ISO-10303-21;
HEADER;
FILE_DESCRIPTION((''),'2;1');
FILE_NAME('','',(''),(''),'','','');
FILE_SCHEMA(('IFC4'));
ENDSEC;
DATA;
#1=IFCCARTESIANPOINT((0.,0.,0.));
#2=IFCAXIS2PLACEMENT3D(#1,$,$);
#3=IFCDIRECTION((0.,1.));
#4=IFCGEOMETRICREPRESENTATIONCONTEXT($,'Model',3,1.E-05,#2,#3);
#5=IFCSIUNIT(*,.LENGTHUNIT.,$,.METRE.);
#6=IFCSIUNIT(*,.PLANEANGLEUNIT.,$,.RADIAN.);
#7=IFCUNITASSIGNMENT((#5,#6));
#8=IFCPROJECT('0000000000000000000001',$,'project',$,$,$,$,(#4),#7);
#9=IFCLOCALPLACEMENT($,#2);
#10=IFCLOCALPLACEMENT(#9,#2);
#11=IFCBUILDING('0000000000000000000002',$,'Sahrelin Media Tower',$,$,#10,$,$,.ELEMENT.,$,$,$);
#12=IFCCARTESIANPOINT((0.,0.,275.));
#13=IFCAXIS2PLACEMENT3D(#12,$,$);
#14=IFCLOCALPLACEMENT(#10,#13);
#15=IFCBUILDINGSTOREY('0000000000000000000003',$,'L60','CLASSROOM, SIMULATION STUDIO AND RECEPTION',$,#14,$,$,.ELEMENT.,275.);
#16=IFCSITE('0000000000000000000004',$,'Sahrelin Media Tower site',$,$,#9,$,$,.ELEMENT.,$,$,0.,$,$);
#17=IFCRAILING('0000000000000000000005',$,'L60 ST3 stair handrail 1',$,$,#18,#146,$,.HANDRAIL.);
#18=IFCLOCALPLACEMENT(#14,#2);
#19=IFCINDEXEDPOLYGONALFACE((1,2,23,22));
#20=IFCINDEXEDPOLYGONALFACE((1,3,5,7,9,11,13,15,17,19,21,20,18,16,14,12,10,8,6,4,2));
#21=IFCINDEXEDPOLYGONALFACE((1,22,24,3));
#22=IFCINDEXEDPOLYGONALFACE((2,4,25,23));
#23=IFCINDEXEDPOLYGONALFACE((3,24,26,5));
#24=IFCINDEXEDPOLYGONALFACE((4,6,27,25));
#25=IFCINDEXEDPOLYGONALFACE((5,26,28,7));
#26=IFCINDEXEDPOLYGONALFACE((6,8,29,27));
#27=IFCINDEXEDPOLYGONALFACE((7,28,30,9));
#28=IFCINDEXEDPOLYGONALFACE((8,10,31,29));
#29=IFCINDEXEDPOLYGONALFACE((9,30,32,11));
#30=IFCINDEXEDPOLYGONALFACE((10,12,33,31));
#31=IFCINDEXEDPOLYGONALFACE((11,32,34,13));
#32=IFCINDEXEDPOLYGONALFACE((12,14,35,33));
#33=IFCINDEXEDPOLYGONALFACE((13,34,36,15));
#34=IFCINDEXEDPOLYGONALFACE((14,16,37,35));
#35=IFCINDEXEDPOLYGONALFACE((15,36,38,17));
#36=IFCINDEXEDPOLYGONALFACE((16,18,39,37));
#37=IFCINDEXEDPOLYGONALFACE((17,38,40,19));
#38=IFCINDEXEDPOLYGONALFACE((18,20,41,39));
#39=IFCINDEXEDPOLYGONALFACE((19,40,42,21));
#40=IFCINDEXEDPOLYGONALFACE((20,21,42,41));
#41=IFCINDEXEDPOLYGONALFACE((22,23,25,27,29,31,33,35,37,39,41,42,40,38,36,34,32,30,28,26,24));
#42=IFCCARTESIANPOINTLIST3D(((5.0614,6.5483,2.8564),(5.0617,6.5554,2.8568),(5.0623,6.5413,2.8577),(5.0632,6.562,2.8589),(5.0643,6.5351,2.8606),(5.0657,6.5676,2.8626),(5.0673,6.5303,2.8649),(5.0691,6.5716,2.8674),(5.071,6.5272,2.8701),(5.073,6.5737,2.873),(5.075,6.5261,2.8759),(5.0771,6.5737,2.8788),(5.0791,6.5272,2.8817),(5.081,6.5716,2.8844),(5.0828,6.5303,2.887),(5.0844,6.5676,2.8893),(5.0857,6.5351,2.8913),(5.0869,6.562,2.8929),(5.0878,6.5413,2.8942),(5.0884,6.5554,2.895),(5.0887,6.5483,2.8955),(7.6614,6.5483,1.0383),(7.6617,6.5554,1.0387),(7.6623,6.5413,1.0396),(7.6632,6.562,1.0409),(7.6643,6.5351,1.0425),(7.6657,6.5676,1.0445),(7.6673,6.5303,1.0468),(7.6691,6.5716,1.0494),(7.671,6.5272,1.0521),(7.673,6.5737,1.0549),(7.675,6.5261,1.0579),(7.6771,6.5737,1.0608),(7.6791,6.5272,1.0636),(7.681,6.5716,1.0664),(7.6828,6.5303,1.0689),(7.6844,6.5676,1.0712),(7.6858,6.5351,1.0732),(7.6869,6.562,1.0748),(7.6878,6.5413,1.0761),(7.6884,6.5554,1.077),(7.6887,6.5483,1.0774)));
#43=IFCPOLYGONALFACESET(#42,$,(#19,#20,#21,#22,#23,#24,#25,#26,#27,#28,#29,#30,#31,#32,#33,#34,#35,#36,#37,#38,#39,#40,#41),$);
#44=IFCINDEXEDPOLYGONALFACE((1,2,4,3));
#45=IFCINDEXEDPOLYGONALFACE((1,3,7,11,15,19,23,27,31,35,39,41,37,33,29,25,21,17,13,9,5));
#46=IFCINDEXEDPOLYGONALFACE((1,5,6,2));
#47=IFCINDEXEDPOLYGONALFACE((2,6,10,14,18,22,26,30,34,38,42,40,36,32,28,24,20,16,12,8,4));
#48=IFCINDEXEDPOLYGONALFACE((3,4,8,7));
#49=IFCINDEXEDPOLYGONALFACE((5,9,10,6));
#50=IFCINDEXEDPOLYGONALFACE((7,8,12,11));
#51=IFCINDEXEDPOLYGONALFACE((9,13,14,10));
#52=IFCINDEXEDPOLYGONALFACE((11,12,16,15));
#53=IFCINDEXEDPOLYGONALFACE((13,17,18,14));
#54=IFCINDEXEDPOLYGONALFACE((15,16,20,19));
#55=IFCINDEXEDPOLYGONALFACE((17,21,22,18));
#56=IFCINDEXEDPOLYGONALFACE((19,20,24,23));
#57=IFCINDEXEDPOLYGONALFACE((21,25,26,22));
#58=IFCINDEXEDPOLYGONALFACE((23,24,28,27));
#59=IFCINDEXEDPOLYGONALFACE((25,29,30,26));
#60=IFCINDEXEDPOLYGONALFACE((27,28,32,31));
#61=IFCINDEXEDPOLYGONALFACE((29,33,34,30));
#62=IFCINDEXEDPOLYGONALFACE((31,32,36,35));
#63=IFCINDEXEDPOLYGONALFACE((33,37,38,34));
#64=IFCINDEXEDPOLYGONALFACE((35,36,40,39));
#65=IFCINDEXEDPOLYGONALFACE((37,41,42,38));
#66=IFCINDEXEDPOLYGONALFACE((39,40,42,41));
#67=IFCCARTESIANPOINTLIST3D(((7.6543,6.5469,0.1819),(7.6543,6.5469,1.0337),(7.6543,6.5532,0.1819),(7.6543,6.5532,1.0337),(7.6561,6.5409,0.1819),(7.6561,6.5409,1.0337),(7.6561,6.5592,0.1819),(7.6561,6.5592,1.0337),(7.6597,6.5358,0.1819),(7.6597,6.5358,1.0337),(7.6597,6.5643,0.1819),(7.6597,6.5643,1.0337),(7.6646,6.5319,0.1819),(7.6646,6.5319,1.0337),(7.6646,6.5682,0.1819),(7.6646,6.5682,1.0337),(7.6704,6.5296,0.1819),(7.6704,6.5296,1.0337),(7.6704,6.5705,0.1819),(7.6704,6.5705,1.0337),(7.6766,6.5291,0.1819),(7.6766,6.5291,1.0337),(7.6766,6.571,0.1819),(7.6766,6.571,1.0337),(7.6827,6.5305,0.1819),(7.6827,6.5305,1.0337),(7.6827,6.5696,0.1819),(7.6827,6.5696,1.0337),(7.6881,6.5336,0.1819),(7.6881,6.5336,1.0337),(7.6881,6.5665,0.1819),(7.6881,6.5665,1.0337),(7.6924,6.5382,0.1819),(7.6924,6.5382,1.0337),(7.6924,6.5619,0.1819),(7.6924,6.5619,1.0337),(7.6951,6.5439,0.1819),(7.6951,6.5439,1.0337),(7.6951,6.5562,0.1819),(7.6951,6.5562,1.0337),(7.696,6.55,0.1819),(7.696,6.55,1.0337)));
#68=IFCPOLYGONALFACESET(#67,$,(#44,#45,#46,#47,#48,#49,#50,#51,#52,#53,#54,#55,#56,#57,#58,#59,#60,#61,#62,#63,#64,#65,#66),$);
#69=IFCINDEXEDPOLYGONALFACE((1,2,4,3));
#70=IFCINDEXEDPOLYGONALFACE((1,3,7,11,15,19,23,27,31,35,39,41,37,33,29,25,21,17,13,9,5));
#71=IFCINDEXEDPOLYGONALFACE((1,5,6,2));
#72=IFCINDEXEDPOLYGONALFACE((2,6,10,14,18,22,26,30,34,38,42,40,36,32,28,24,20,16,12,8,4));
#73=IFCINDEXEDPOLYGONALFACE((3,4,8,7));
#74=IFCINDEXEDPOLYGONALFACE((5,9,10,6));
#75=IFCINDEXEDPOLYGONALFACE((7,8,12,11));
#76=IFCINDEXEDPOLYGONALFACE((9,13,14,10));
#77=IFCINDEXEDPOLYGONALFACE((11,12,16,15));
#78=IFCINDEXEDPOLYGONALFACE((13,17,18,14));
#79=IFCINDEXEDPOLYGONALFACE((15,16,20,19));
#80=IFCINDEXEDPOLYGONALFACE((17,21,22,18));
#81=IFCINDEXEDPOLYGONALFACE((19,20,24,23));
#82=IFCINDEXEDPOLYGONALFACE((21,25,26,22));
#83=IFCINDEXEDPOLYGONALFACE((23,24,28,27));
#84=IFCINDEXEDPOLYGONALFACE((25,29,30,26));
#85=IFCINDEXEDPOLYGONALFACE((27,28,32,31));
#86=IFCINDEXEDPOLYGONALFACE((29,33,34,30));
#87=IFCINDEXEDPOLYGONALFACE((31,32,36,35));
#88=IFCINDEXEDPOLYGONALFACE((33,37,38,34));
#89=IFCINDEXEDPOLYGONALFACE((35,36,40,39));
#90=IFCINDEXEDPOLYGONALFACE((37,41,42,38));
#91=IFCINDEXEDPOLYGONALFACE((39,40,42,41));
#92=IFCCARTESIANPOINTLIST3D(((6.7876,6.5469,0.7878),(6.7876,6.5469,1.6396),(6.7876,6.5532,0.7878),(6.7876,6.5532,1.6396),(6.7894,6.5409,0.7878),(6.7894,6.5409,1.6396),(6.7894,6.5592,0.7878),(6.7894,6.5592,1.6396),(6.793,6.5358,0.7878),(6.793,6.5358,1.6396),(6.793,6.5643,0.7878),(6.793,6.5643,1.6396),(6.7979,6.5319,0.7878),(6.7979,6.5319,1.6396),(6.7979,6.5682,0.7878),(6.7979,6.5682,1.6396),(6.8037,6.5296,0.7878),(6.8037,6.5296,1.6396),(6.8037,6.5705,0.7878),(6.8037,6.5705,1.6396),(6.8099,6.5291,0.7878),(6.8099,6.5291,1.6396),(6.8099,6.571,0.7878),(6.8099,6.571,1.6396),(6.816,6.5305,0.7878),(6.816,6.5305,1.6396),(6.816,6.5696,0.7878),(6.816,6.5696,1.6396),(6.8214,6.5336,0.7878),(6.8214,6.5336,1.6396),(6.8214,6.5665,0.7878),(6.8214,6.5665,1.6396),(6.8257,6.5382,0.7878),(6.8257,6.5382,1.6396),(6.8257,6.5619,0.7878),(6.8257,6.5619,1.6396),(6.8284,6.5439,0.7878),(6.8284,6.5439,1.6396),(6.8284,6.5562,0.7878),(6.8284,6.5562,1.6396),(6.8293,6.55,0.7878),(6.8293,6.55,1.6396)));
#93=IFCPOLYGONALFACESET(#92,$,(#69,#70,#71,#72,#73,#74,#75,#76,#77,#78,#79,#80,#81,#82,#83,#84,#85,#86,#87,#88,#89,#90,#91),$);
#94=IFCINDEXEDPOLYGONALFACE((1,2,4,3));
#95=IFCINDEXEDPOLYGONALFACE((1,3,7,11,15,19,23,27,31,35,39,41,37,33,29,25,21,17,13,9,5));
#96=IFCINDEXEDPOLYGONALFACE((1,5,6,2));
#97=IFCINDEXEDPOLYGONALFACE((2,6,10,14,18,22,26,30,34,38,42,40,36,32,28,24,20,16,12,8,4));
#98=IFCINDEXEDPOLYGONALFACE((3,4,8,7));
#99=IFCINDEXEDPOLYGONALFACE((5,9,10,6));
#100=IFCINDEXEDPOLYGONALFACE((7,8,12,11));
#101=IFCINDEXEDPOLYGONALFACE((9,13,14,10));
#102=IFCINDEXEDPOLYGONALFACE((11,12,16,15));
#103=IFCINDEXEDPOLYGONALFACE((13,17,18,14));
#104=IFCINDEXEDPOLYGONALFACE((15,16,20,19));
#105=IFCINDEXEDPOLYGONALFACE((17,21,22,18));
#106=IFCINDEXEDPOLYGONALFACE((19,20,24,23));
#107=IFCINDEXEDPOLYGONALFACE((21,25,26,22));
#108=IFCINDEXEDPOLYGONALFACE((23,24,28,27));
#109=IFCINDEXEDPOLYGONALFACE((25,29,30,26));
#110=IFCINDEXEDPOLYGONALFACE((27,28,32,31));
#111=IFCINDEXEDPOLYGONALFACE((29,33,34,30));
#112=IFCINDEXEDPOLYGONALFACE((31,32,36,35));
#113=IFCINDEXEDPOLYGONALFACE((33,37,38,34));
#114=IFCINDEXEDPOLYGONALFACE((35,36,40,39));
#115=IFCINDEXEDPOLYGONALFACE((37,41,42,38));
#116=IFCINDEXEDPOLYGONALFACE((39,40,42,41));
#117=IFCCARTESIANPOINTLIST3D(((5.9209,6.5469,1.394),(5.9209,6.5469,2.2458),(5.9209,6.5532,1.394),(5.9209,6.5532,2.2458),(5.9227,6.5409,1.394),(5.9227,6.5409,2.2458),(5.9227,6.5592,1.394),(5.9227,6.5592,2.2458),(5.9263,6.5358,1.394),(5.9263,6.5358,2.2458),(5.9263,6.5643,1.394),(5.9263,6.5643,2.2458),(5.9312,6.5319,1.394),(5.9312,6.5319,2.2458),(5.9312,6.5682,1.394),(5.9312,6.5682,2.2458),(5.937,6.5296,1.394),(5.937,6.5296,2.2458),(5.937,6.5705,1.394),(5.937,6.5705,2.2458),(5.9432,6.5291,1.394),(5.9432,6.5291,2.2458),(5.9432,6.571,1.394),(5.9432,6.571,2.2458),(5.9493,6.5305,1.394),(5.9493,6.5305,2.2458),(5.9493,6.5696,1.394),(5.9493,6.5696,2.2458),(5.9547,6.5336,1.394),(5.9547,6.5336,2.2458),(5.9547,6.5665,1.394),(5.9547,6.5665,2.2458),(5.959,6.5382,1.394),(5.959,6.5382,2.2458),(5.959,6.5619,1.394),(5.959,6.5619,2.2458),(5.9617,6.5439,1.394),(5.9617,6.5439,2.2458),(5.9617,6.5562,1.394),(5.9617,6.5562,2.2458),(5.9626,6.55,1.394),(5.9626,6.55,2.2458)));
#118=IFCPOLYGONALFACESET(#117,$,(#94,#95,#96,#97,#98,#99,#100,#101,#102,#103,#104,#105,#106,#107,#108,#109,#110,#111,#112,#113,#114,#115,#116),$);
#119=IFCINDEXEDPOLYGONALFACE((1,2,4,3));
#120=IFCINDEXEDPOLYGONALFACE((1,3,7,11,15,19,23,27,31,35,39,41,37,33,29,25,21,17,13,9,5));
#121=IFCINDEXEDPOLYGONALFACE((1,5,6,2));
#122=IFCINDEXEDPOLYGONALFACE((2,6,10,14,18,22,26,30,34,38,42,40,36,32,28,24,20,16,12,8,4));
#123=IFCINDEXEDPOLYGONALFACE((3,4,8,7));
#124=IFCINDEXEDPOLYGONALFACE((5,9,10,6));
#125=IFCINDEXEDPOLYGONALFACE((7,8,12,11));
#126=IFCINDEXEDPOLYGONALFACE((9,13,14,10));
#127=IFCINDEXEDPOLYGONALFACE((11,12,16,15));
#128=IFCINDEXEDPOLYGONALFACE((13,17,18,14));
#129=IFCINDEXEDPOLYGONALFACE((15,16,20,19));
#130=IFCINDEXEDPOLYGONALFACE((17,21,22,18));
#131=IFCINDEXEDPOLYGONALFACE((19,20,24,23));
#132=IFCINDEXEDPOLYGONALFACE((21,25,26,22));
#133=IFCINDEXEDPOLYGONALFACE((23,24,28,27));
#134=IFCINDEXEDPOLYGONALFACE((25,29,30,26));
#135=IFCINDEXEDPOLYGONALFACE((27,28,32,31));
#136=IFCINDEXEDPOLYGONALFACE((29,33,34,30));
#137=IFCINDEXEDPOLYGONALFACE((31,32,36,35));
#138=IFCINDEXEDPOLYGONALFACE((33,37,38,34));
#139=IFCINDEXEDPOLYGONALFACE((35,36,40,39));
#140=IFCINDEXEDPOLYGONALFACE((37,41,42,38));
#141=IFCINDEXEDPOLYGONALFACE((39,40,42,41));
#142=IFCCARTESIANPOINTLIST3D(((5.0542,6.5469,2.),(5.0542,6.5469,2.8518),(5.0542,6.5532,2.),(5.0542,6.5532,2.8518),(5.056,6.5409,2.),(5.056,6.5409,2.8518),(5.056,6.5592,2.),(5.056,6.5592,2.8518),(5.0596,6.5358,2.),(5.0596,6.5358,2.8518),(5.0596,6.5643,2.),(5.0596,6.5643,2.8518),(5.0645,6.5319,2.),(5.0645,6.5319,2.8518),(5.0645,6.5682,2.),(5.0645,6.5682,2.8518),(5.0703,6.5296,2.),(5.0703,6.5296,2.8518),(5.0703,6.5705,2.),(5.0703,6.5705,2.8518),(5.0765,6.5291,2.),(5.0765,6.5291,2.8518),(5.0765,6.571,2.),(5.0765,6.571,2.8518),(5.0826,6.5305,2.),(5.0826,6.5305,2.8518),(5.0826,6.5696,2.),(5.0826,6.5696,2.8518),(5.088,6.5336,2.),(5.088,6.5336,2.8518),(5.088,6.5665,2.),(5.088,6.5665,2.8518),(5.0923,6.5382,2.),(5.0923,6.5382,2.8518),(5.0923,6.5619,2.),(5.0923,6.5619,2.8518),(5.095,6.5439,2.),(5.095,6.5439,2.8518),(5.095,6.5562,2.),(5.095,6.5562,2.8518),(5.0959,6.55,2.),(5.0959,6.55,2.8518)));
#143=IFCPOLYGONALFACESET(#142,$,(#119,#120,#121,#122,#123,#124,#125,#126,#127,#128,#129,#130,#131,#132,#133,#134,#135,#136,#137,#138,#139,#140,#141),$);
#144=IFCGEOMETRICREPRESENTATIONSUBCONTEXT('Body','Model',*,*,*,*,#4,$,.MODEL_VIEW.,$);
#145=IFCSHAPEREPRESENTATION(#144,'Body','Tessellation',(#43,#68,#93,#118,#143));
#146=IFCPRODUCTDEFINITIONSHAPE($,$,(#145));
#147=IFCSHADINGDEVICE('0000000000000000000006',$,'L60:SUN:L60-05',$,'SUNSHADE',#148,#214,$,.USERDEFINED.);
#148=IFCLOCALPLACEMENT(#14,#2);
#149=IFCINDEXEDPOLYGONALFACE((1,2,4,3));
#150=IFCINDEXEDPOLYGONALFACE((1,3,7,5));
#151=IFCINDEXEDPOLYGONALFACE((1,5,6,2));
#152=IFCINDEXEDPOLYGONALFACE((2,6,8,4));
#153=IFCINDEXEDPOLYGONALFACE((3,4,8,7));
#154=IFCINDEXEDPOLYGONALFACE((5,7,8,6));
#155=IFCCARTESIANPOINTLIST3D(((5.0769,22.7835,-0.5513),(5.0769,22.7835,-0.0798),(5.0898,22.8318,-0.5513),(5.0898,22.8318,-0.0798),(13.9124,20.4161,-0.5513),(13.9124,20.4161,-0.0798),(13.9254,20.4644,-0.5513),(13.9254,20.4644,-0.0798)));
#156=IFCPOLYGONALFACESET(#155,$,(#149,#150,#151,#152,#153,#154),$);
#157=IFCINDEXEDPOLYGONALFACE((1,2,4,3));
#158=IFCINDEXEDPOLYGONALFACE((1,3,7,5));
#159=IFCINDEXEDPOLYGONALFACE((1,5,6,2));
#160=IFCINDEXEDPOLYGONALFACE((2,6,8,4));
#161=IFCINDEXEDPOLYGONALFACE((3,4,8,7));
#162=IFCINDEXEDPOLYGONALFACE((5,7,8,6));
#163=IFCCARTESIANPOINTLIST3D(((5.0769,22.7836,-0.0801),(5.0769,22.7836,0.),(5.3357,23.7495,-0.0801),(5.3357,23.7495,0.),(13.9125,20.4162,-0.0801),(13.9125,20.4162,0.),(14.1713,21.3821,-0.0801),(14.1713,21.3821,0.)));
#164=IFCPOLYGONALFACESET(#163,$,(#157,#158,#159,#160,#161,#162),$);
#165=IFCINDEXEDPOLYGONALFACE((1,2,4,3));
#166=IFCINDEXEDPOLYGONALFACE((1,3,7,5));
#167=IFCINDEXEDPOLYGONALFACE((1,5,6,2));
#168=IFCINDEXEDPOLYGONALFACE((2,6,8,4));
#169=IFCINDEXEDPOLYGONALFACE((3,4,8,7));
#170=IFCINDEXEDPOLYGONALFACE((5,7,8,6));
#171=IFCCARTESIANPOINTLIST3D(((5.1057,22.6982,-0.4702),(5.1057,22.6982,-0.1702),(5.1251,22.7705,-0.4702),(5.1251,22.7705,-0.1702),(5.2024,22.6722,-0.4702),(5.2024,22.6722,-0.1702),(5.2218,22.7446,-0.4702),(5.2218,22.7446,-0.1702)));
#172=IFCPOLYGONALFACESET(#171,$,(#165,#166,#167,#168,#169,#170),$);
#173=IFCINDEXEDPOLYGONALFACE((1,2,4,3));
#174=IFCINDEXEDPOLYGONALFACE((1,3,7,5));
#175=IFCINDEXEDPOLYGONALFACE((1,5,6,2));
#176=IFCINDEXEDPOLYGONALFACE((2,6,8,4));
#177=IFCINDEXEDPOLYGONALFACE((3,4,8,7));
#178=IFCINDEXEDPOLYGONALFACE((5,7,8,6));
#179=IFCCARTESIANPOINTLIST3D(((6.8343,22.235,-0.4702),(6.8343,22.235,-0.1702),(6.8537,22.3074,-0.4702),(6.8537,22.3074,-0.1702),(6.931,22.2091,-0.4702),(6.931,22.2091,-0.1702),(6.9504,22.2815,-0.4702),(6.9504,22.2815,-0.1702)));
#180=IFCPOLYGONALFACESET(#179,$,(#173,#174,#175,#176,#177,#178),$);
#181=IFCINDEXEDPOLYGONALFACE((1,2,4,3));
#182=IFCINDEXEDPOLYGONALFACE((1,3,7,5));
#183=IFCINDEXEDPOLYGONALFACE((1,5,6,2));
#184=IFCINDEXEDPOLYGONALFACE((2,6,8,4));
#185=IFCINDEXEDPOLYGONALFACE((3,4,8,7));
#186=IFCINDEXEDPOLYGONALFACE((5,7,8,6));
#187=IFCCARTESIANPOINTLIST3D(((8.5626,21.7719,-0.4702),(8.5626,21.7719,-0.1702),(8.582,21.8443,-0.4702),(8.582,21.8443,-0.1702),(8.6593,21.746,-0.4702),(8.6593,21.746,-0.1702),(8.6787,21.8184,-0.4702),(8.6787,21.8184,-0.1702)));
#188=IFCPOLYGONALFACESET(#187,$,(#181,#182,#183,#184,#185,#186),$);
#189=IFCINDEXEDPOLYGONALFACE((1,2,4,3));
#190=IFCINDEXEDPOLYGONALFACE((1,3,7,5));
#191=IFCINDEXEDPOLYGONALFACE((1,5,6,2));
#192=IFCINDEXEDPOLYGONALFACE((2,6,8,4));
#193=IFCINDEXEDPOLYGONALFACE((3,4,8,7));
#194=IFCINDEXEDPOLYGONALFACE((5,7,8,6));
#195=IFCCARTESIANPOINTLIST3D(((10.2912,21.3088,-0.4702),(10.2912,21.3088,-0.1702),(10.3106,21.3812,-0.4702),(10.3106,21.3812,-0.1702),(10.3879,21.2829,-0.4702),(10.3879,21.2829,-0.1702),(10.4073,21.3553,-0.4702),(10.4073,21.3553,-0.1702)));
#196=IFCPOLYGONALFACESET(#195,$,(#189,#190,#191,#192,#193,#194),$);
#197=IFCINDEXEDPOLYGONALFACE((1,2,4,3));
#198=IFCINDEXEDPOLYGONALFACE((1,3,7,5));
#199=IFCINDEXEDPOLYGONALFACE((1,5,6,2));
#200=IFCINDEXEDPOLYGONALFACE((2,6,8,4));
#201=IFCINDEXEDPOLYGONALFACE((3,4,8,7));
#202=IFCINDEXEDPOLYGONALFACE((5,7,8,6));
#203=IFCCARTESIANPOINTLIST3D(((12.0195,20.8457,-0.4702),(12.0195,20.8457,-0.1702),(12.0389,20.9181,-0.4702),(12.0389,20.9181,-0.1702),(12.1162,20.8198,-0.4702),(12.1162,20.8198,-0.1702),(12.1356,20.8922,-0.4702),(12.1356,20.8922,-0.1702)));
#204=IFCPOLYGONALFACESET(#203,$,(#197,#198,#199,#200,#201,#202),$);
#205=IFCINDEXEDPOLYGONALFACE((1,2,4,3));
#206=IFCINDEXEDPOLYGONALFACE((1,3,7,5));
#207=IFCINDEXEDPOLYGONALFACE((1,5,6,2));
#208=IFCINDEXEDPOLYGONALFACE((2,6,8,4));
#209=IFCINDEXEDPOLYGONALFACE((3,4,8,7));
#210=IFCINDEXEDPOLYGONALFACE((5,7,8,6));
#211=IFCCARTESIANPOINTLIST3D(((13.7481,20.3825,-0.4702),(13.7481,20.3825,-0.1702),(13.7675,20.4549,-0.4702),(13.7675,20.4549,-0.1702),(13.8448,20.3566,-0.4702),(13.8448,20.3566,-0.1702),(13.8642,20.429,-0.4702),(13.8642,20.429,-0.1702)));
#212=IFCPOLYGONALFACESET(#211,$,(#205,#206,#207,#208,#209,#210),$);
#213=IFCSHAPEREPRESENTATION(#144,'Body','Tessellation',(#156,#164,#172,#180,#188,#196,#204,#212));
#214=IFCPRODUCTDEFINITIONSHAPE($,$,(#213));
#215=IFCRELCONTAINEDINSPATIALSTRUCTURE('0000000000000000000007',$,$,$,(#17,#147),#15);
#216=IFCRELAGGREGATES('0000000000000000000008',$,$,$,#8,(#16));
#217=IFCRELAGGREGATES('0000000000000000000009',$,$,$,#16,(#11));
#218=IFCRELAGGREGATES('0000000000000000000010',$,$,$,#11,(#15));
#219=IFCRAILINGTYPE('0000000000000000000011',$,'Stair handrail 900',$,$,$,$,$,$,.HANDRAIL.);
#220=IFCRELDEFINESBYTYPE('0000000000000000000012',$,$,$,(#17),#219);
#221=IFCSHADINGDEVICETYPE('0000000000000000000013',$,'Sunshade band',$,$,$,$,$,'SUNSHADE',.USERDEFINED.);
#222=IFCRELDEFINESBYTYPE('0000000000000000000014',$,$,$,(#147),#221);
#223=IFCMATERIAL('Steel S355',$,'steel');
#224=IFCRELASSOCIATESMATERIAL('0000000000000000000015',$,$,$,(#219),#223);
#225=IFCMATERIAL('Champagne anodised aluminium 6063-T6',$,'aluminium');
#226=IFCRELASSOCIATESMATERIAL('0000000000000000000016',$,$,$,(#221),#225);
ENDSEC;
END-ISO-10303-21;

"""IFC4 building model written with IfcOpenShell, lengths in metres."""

from ifc_helpers import new_model, si_unit, direction, frame, origin, origin_2d, place, context, subcontext, project, spatial, rectangle, circle, extrude, material, type_object, element, save


model = new_model("IFC4")

# Units and contexts
model_context = context("Model", 3, precision=1e-05, world=origin(), true_north=direction((0.0, 1.0)))
body_context = subcontext(model_context, "Body", "Model", "MODEL_VIEW")
ifc_project = project(units=[si_unit("LENGTHUNIT", "METRE"), si_unit("PLANEANGLEUNIT", "RADIAN")], contexts=[model_context])

# Site, building, storey
site_placement = place(None, origin())
site = spatial("IfcSite", under=ifc_project, at=site_placement, Name="Sahrelin Media Tower site", CompositionType="ELEMENT", RefElevation=0.0)
building_placement = place(site_placement, origin())
building = spatial("IfcBuilding", under=site, at=building_placement, Name="Sahrelin Media Tower", CompositionType="ELEMENT")
storey_placement = place(building_placement, frame((0.0, 0.0, 275.0)))
storey = spatial("IfcBuildingStorey", under=building, at=storey_placement, Name="L60", Description="CLASSROOM, SIMULATION STUDIO AND RECEPTION", CompositionType="ELEMENT", Elevation=275.0)

# Shared definitions
ifc_material_1 = material(Name="Steel S355", Category="steel")

# Shared definitions
ifc_material_2 = material(Name="Champagne anodised aluminium 6063-T6", Category="aluminium")

# Shared definitions
placement = place(storey_placement, frame((9.4895, 21.5806, 0.0), z_axis=(0.0, 0.0, 1.0), x_axis=(0.965929, -0.258808, 0.0)))

# Railing
railing_type_1 = type_object("IfcRailingType", Name="Stair handrail 900", PredefinedType="HANDRAIL", material=ifc_material_1)
railing_1_placement = place(storey_placement, frame((7.675, 6.55, 0.1819)))
element("IfcRailing", 1, at=railing_1_placement, inside=storey, type_object=railing_type_1, Name="L60 ST3 stair handrail 1", PredefinedType="HANDRAIL", context=body_context, shape_type="SweptSolid", body=[
    extrude(circle(Radius=0.0239, at=origin_2d()), frame((0.0, 0.0, 0.876), z_axis=(-0.819521, 0.0, 0.573049), x_axis=(0.0, -1.0, 0.0)), (0.0, 0.0, 1.0), 3.1726),
    extrude(circle(Radius=0.021, at=origin_2d()), origin(), (0.0, 0.0, 1.0), 0.8518),
    extrude(circle(Radius=0.021, at=origin_2d()), frame((-0.8667, 0.0, 0.606)), (0.0, 0.0, 1.0), 0.8518),
    extrude(circle(Radius=0.021, at=origin_2d()), frame((-1.7334, 0.0, 1.2122)), (0.0, 0.0, 1.0), 0.8518),
    extrude(circle(Radius=0.021, at=origin_2d()), frame((-2.6001, 0.0, 1.8181)), (0.0, 0.0, 1.0), 0.8518),
])

# Shading device
shading_device_type_1 = type_object("IfcShadingDeviceType", Name="Sunshade band", ElementType="SUNSHADE", PredefinedType="USERDEFINED", material=ifc_material_2)
element("IfcShadingDevice", 2, at=placement, inside=storey, type_object=shading_device_type_1, Name="L60:SUN:L60-05", ObjectType="SUNSHADE", PredefinedType="USERDEFINED", context=body_context, shape_type="SweptSolid", body=[
    extrude(rectangle(XDim=9.1472, YDim=0.05, at=origin_2d()), frame((0.0, 0.0449, -0.5513)), (0.0, 0.0, 1.0), 0.4714),
    extrude(rectangle(XDim=9.1472, YDim=1.0, at=origin_2d()), frame((0.0, 0.52, -0.0801)), (0.0, 0.0, 1.0), 0.0801),
    extrude(rectangle(XDim=0.1001, YDim=0.075, at=origin_2d()), frame((-4.4736, -0.0176, -0.4702)), (0.0, 0.0, 1.0), 0.3),
    extrude(rectangle(XDim=0.1001, YDim=0.075, at=origin_2d()), frame((-2.6841, -0.0176, -0.4702)), (0.0, 0.0, 1.0), 0.3),
    extrude(rectangle(XDim=0.1001, YDim=0.075, at=origin_2d()), frame((-0.8948, -0.0176, -0.4702)), (0.0, 0.0, 1.0), 0.3),
    extrude(rectangle(XDim=0.1001, YDim=0.075, at=origin_2d()), frame((0.8948, -0.0176, -0.4702)), (0.0, 0.0, 1.0), 0.3),
    extrude(rectangle(XDim=0.1001, YDim=0.075, at=origin_2d()), frame((2.6841, -0.0176, -0.4702)), (0.0, 0.0, 1.0), 0.3),
    extrude(rectangle(XDim=0.1001, YDim=0.075, at=origin_2d()), frame((4.4736, -0.0176, -0.4702)), (0.0, 0.0, 1.0), 0.3),
])

save(model, "model.ifc")
